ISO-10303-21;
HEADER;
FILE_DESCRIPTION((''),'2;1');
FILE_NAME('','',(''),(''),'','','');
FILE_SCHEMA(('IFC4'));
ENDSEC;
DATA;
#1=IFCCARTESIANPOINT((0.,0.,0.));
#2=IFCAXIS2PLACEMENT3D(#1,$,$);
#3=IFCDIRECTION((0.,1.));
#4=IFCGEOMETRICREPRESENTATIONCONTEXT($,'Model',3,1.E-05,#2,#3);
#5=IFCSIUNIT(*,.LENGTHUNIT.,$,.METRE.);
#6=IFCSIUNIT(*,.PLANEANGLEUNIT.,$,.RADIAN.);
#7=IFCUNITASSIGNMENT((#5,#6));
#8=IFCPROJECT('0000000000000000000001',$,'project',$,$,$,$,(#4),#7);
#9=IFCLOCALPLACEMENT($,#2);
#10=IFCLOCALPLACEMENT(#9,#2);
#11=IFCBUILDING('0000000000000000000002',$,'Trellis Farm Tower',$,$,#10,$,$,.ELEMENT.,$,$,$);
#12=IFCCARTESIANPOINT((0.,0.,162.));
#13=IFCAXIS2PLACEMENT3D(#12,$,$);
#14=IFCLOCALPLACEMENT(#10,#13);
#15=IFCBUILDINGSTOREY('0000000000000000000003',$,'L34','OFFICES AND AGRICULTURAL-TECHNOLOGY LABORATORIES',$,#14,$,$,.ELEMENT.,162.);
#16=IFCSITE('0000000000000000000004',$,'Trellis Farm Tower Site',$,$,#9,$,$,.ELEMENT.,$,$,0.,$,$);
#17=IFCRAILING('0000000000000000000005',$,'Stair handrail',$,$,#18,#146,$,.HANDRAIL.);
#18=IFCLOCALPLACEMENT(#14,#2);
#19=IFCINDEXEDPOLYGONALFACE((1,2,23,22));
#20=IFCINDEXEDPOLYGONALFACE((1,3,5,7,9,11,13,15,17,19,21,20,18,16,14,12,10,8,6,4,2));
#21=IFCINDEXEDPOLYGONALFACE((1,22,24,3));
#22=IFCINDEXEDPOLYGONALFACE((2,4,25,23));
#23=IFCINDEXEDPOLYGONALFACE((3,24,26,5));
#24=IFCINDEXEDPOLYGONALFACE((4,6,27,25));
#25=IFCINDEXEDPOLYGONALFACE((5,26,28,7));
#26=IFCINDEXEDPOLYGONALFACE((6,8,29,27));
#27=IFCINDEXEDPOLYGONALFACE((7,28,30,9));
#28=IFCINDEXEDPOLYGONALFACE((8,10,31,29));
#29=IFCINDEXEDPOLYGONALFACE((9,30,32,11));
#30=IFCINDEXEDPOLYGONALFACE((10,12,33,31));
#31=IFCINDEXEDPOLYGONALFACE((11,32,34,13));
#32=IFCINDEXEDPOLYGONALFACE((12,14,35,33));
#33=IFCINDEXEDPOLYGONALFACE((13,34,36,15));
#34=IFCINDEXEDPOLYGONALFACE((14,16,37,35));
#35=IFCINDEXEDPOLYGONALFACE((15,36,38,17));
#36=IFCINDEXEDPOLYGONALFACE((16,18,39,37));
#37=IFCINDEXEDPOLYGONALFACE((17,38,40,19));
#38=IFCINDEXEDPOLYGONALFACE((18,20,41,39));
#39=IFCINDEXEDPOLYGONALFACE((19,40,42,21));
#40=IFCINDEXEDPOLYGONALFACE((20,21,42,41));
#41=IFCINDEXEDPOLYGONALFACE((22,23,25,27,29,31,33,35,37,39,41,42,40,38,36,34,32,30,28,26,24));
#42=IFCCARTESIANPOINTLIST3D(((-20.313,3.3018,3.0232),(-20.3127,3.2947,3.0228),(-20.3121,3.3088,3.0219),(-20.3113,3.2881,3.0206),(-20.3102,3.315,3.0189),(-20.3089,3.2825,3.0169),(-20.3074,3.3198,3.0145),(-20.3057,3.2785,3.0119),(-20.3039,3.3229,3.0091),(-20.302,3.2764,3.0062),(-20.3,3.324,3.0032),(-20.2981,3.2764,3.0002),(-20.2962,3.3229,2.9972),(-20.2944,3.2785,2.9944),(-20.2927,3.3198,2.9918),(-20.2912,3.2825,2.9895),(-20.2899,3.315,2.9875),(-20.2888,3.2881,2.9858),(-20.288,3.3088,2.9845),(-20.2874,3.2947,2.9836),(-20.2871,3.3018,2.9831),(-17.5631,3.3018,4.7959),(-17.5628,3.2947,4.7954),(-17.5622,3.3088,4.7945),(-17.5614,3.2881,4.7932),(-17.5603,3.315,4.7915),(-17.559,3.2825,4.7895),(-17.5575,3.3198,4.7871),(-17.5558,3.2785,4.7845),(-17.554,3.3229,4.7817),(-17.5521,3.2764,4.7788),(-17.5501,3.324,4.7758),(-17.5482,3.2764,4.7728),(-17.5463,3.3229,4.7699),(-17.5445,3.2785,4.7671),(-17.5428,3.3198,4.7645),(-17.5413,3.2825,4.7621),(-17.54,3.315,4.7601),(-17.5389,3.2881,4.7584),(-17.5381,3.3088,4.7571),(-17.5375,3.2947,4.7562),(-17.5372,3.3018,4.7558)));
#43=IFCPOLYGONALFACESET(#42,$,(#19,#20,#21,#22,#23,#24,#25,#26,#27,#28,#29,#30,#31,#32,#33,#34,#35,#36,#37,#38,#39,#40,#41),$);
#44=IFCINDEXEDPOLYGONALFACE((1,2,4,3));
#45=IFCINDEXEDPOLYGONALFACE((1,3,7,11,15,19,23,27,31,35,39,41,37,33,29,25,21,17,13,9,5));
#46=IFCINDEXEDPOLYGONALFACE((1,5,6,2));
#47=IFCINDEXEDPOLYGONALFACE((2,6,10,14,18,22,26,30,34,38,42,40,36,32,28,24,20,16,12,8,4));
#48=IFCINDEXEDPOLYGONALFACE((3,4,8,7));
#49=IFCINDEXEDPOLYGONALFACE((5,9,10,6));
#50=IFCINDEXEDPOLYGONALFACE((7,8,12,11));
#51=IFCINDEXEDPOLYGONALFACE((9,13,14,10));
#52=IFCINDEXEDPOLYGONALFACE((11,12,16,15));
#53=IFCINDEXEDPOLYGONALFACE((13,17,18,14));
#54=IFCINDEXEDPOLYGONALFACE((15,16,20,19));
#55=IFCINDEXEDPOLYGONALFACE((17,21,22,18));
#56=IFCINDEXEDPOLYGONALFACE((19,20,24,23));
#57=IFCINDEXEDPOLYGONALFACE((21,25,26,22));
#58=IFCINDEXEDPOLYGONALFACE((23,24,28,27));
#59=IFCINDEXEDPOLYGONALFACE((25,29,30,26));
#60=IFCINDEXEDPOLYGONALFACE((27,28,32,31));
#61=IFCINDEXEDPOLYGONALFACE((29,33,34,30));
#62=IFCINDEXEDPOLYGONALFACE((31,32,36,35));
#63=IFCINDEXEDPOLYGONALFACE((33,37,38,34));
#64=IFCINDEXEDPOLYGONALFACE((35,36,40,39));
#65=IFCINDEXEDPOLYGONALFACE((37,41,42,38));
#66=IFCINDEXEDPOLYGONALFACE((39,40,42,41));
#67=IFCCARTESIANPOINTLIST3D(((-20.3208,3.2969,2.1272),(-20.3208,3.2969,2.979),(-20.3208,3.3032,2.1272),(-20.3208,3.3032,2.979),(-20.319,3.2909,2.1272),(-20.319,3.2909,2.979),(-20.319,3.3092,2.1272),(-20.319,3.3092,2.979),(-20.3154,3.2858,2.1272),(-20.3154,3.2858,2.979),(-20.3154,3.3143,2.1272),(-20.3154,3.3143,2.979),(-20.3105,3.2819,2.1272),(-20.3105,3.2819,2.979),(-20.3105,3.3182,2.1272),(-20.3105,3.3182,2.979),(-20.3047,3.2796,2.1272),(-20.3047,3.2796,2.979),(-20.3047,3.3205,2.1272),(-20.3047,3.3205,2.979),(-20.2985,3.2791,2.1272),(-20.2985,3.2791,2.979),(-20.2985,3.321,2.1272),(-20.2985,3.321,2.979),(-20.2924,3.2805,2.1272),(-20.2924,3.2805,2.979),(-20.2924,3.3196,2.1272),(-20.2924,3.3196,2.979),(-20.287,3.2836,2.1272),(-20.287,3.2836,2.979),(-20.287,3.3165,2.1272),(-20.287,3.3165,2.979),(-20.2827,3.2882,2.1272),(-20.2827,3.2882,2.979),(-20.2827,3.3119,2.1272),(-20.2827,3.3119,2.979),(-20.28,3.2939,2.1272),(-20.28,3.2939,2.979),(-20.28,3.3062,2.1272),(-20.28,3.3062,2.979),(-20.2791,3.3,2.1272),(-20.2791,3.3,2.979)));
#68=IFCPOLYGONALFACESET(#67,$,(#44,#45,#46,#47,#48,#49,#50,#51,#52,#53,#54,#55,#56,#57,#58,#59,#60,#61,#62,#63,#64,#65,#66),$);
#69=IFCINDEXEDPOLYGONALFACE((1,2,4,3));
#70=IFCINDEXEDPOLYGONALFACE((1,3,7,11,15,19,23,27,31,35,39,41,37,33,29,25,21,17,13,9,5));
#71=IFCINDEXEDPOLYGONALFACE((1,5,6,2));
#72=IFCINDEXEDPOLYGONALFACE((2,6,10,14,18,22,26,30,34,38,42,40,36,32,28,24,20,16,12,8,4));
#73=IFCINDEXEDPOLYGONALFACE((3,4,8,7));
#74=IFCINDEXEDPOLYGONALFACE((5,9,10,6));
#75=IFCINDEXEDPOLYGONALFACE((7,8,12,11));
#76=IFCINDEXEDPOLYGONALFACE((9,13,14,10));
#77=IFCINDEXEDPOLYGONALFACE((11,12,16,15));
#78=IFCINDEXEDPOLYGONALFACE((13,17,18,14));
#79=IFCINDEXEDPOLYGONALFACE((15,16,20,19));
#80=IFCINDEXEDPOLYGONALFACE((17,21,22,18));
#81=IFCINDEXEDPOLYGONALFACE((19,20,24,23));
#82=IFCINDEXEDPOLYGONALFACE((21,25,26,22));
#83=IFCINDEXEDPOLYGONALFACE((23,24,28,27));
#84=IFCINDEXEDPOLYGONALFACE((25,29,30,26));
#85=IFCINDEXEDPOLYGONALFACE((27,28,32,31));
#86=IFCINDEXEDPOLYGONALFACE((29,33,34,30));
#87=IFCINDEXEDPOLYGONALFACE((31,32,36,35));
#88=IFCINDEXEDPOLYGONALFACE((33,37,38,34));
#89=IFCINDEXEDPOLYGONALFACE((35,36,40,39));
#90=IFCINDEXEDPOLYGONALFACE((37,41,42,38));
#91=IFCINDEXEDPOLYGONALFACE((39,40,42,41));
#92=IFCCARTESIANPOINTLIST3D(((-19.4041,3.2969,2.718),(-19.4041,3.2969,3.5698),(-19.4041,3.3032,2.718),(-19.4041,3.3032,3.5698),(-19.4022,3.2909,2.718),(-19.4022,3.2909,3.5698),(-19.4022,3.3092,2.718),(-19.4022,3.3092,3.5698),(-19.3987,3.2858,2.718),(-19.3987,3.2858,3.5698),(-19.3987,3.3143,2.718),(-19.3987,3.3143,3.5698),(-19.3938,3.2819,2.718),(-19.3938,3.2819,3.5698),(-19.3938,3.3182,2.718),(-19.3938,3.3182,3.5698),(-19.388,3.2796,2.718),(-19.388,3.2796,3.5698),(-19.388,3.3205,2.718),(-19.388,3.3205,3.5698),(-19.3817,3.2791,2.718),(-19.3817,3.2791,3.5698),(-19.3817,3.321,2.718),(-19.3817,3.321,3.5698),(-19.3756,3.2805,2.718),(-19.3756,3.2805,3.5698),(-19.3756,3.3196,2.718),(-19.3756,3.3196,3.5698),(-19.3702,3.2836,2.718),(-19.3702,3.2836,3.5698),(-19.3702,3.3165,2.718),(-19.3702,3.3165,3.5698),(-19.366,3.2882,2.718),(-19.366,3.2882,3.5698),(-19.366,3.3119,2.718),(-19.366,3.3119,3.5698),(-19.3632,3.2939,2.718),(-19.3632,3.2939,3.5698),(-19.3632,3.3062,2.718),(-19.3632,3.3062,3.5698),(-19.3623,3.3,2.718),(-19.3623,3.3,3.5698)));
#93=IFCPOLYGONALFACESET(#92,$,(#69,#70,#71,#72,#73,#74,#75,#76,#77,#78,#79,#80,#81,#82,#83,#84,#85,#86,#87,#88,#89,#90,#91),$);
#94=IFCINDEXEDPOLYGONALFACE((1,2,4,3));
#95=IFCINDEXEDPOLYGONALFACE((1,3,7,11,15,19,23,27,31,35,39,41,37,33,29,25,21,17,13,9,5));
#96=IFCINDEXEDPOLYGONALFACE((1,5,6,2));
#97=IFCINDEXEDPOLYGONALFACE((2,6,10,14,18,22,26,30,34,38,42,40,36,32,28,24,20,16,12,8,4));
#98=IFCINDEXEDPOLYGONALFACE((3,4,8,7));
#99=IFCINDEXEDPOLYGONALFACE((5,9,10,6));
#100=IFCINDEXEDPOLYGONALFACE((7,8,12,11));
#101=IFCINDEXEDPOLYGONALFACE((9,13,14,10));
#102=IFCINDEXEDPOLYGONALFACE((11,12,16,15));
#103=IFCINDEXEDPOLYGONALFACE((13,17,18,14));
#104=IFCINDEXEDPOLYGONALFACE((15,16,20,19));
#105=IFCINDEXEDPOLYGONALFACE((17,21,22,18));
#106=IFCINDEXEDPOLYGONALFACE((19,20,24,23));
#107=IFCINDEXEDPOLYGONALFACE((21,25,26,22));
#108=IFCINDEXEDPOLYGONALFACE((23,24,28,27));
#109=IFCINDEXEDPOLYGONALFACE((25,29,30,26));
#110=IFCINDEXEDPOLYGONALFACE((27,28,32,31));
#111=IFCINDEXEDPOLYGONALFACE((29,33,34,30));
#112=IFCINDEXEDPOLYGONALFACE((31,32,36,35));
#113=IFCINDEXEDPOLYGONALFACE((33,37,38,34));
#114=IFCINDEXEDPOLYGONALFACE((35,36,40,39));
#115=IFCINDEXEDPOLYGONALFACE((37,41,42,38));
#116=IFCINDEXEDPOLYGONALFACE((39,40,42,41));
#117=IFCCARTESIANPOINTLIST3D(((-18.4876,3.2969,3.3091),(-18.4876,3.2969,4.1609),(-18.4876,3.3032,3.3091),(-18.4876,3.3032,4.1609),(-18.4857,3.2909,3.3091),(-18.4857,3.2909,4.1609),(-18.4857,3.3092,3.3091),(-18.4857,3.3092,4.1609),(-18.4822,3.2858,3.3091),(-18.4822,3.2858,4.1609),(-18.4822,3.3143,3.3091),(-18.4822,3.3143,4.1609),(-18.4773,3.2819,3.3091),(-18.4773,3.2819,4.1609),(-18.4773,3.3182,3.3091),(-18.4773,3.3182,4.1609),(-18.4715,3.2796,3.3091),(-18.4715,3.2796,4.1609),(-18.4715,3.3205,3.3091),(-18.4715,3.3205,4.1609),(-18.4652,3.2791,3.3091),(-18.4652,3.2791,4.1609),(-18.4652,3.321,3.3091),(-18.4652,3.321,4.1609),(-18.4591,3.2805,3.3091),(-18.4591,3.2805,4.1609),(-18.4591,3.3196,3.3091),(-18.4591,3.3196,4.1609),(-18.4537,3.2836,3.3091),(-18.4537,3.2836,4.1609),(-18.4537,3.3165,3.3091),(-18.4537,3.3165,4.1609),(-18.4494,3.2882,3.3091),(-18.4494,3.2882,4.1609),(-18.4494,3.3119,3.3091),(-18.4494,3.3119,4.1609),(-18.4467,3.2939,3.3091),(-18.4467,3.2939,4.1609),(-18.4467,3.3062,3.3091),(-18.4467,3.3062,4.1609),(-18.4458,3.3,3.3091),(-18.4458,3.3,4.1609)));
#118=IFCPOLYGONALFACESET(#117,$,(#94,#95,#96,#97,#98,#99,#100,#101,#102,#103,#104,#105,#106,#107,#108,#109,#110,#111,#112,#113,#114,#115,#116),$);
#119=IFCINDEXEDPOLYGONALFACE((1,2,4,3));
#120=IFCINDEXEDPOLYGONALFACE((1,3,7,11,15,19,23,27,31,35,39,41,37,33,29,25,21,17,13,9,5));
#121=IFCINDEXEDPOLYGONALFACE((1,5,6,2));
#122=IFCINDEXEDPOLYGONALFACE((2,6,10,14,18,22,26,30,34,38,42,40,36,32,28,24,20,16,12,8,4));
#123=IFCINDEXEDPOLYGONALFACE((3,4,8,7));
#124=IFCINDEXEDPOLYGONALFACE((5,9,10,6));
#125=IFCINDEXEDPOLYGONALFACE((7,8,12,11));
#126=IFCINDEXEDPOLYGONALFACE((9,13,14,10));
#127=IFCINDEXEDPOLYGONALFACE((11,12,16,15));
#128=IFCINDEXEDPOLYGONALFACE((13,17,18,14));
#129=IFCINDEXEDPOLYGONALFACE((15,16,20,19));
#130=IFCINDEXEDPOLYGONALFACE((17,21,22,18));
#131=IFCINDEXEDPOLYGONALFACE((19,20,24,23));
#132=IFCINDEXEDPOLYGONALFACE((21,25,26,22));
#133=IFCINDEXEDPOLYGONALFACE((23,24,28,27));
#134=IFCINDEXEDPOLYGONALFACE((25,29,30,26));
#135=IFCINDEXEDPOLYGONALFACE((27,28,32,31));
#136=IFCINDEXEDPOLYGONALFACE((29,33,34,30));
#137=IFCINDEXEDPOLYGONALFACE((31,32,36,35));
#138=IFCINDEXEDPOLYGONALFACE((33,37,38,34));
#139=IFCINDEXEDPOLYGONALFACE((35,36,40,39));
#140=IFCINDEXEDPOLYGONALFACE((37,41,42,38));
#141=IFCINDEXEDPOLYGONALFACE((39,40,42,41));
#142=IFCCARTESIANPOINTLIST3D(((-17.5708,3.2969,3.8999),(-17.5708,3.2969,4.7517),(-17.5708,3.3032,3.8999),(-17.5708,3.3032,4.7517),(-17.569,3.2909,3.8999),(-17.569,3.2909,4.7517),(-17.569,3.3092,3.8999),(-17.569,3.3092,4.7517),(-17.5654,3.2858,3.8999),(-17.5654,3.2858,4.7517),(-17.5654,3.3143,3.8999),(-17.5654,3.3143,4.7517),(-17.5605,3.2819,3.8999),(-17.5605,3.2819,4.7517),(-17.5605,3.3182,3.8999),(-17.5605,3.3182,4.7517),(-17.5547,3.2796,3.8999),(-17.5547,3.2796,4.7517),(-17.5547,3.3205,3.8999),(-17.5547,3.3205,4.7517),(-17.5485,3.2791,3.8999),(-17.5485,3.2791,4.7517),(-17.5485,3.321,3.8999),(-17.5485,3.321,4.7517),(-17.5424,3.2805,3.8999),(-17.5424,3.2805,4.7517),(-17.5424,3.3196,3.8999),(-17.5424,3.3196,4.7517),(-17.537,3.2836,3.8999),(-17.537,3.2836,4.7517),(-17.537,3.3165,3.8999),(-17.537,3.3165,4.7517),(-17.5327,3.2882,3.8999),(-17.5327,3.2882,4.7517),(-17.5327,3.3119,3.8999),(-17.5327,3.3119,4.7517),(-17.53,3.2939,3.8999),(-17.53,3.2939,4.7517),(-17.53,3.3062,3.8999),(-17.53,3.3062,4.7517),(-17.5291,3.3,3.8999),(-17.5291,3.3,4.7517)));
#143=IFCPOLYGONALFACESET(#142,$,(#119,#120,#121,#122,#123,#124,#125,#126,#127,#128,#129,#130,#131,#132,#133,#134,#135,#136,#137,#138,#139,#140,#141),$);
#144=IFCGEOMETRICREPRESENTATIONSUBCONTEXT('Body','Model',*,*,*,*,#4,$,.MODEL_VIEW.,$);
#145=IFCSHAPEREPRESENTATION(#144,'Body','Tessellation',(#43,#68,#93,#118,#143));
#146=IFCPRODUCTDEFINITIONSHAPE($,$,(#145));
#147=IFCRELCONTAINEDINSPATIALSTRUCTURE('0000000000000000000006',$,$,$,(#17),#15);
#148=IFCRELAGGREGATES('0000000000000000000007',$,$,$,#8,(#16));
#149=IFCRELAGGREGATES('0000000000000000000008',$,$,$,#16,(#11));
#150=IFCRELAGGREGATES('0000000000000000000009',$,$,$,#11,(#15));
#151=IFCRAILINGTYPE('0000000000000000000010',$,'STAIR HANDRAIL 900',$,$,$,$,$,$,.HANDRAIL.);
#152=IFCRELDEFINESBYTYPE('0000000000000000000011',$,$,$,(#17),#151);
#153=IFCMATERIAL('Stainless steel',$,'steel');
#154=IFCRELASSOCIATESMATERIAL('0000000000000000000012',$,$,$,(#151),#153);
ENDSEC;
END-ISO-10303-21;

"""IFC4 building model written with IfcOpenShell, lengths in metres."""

from ifc_helpers import new_model, si_unit, direction, frame, origin, origin_2d, place, context, subcontext, project, spatial, circle, extrude, source, transform, mapped, material, type_object, element, save


model = new_model("IFC4")

# Units and contexts
model_context = context("Model", 3, precision=1e-05, world=origin(), true_north=direction((0.0, 1.0)))
body_context = subcontext(model_context, "Body", "Model", "MODEL_VIEW")
ifc_project = project(units=[si_unit("LENGTHUNIT", "METRE"), si_unit("PLANEANGLEUNIT", "RADIAN")], contexts=[model_context])

# Site, building, storey
site_placement = place(None, origin())
site = spatial("IfcSite", under=ifc_project, at=site_placement, Name="Trellis Farm Tower Site", CompositionType="ELEMENT", RefElevation=0.0)
building_placement = place(site_placement, origin())
building = spatial("IfcBuilding", under=site, at=building_placement, Name="Trellis Farm Tower", CompositionType="ELEMENT")
storey_placement = place(building_placement, frame((0.0, 0.0, 162.0)))
storey = spatial("IfcBuildingStorey", under=building, at=storey_placement, Name="L34", Description="OFFICES AND AGRICULTURAL-TECHNOLOGY LABORATORIES", CompositionType="ELEMENT", Elevation=162.0)

# Railing
ifc_material_1 = material(Name="Stainless steel", Category="steel")
railing_type = type_object("IfcRailingType", Name="STAIR HANDRAIL 900", PredefinedType="HANDRAIL", material=ifc_material_1)
shared_shape_1 = source(origin(), body_context, "Body", "SweptSolid", [
    extrude(circle(Radius=0.0239, at=origin_2d()), frame((0.0, 0.0, 0.876), z_axis=(0.840504, 0.0, 0.541806), x_axis=(0.0, 1.0, 0.0)), (0.0, 0.0, 1.0), 3.2717),
    extrude(circle(Radius=0.021, at=origin_2d()), origin(), (0.0, 0.0, 1.0), 0.8518),
    extrude(circle(Radius=0.021, at=origin_2d()), frame((0.9167, 0.0, 0.5908)), (0.0, 0.0, 1.0), 0.8518),
    extrude(circle(Radius=0.021, at=origin_2d()), frame((1.8333, 0.0, 1.1819)), (0.0, 0.0, 1.0), 0.8518),
    extrude(circle(Radius=0.021, at=origin_2d()), frame((2.75, 0.0, 1.7727)), (0.0, 0.0, 1.0), 0.8518),
])
for number, where, name in (
    (1, (-20.3, 3.3, 2.1272), "Stair handrail"),
):
    element("IfcRailing", number, at=place(storey_placement, frame(where)), inside=storey, type_object=railing_type, Name=name, PredefinedType="HANDRAIL", context=body_context, shape_type="MappedRepresentation", body=[
        mapped(shared_shape_1, transform((0.0, 0.0, 0.0))),
    ])

save(model, "model.ifc")
